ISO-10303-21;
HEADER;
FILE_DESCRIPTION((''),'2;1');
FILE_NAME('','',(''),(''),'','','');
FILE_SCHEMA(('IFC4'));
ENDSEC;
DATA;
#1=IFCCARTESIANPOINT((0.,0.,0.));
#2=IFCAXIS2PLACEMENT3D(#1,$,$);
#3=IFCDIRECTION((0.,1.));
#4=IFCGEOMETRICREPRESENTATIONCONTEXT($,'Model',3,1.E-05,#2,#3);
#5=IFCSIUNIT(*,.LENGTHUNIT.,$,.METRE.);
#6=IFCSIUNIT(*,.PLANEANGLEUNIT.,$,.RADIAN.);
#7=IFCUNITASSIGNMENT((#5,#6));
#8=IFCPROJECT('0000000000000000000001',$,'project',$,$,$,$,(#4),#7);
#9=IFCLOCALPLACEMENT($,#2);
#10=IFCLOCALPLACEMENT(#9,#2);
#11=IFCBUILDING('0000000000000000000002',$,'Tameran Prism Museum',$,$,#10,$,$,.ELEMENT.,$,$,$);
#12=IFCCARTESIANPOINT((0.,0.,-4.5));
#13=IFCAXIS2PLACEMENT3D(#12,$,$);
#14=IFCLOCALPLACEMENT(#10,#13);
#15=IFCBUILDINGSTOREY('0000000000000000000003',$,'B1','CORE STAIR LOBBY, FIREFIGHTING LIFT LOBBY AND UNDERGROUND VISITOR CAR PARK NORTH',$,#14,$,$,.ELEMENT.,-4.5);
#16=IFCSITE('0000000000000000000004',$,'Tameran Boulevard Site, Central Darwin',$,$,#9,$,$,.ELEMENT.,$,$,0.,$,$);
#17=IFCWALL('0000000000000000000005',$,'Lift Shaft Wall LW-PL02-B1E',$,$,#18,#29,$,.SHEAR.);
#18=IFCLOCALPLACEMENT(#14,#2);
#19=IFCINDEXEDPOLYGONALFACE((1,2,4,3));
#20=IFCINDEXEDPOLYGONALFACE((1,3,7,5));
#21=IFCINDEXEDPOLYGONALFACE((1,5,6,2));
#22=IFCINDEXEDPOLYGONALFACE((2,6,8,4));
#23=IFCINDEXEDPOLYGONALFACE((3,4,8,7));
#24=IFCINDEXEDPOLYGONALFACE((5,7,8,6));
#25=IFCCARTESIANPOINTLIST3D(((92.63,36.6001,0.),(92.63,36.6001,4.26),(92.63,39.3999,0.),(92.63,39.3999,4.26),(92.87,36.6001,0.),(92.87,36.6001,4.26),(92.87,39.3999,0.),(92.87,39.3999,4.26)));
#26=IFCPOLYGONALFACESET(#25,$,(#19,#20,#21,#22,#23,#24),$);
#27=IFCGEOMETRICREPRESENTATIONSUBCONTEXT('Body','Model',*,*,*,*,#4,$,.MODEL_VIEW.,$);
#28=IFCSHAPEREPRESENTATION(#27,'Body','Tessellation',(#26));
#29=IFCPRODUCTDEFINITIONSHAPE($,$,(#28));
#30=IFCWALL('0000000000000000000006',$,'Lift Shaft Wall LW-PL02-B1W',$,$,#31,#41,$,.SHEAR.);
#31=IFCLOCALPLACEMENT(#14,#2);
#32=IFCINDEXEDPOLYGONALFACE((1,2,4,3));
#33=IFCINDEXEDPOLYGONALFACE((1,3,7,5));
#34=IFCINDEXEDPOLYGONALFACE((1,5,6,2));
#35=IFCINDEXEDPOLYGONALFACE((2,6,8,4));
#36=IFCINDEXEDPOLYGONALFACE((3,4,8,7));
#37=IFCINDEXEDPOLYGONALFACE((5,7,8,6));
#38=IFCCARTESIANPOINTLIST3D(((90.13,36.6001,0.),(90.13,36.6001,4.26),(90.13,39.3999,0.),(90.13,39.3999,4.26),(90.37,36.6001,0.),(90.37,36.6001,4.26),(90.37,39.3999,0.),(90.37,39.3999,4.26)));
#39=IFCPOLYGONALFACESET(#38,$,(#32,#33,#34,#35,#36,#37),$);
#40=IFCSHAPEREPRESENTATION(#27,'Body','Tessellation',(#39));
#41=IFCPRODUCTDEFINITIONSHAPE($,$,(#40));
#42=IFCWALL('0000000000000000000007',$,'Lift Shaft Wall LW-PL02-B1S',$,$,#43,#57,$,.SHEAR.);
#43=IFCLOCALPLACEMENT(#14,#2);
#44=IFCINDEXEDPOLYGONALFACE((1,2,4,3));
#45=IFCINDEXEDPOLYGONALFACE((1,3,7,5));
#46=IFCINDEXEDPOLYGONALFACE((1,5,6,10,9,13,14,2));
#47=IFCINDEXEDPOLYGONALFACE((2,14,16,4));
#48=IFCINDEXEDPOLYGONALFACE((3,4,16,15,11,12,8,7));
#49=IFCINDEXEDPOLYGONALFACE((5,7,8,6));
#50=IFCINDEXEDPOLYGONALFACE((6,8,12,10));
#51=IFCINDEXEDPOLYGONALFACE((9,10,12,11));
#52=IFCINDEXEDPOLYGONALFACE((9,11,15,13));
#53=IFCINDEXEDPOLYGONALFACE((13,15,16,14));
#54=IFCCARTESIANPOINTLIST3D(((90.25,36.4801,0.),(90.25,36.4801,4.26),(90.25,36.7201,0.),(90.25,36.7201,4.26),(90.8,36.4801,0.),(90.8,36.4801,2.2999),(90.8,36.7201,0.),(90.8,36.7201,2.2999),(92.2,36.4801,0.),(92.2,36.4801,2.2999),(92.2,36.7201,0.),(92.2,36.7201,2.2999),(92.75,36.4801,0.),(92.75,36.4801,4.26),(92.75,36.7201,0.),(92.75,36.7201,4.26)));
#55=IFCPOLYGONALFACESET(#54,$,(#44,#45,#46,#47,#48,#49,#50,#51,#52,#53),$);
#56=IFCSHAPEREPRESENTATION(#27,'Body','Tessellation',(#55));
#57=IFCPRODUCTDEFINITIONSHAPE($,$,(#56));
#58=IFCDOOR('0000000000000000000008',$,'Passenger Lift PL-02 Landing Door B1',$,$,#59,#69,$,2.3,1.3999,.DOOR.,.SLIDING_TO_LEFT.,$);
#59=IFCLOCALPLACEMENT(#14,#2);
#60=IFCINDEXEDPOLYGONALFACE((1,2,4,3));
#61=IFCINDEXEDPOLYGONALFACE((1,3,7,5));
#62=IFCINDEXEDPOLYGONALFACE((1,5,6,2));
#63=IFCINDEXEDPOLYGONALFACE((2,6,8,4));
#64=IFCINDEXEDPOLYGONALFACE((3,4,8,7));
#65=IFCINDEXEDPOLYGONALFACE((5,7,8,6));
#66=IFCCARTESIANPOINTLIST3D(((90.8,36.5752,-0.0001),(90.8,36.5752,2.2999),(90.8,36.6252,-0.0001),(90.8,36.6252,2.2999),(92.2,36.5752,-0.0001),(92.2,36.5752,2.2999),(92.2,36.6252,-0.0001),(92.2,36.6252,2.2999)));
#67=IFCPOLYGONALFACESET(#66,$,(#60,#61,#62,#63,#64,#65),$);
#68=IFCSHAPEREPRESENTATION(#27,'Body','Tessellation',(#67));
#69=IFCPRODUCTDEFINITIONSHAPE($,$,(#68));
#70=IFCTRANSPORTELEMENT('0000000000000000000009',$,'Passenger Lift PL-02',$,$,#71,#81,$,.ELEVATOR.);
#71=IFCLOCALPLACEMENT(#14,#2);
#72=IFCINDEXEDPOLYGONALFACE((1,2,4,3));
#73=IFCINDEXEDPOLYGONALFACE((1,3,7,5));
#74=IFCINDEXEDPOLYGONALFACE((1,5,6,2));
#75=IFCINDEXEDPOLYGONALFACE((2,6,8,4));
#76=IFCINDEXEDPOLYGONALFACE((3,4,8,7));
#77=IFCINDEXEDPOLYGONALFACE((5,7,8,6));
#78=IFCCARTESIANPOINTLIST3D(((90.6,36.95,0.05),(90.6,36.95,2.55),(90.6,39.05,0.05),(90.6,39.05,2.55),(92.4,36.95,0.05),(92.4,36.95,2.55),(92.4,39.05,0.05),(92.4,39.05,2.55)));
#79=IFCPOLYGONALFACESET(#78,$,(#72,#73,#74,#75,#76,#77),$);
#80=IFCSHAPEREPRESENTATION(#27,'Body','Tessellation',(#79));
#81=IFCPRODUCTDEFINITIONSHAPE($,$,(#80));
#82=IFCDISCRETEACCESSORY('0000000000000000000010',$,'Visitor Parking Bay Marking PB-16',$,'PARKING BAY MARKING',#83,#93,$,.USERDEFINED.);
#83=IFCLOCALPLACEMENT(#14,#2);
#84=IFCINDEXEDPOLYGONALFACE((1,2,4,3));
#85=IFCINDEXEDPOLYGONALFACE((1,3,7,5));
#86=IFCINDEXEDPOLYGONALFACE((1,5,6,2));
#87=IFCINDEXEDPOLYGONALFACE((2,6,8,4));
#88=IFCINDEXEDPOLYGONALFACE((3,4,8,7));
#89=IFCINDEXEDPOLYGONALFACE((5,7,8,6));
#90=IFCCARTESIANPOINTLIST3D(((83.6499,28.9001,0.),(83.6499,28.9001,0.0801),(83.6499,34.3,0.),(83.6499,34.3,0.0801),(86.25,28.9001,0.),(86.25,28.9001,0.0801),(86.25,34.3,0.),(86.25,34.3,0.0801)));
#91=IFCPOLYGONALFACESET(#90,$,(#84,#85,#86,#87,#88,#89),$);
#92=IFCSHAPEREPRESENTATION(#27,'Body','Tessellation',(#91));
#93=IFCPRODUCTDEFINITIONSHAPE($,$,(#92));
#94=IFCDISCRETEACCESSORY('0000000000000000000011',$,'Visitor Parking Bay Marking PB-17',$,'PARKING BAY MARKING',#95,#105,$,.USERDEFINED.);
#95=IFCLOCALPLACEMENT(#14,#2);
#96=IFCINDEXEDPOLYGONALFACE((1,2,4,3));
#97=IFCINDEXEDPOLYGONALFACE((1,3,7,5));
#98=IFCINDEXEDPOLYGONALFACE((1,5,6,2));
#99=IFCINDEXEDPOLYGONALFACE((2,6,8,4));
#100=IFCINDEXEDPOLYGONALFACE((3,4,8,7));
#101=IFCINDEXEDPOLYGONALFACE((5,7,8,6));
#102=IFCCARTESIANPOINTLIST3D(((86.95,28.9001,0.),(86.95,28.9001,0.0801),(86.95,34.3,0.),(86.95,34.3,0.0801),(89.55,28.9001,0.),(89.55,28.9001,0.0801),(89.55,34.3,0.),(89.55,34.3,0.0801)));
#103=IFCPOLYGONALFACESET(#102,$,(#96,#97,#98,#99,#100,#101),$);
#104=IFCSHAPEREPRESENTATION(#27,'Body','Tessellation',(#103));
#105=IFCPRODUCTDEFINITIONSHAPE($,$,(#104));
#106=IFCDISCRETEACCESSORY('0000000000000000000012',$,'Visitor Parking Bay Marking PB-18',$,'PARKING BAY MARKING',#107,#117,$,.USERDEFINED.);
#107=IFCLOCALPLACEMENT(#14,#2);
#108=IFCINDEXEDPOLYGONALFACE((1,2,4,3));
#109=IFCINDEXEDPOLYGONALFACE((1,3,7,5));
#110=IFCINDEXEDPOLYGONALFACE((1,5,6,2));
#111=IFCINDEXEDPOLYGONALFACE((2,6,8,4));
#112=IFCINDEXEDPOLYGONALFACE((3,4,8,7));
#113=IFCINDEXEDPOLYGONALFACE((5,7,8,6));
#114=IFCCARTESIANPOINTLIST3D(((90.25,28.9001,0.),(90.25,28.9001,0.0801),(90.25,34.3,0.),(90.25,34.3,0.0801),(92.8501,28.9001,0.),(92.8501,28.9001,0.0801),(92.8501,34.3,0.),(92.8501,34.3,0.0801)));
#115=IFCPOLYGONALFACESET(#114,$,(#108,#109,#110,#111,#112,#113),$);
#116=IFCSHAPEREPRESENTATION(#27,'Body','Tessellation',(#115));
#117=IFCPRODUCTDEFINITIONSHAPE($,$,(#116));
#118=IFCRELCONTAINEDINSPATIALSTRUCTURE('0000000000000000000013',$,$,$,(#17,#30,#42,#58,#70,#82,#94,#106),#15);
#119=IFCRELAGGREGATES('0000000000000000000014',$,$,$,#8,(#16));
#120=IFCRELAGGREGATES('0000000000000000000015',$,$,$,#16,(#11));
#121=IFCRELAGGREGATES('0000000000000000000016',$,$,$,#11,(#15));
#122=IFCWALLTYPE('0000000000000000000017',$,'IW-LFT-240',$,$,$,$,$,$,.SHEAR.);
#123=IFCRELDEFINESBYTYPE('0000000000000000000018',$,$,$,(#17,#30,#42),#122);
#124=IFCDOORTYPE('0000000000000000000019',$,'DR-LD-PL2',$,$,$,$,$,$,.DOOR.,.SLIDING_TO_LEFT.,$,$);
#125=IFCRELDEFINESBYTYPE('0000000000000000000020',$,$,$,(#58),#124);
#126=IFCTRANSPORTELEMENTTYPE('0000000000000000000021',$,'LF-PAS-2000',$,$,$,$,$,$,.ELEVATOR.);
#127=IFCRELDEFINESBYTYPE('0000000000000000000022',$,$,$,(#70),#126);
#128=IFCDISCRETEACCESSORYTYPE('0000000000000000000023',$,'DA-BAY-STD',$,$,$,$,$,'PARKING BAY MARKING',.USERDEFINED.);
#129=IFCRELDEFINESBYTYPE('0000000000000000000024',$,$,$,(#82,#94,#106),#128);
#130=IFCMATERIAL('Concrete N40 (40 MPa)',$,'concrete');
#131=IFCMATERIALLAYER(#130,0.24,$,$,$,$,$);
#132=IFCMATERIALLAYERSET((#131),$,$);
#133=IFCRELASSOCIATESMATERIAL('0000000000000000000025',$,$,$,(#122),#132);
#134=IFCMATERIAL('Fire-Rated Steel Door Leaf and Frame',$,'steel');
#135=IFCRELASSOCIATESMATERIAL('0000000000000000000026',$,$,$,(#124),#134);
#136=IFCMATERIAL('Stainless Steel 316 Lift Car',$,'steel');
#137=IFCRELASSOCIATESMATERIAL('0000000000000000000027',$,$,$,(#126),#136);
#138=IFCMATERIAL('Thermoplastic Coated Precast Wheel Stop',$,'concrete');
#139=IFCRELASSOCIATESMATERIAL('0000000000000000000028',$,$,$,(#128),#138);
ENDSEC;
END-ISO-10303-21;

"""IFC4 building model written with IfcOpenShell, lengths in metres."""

from ifc_helpers import new_model, si_unit, direction, frame, frame_2d, origin, origin_2d, place, context, subcontext, project, spatial, rectangle, extrude, material, layer, layer_set, type_object, element, fill, save


model = new_model("IFC4")

# Units and contexts
model_context = context("Model", 3, precision=1e-05, world=origin(), true_north=direction((0.0, 1.0)))
body_context = subcontext(model_context, "Body", "Model", "MODEL_VIEW")
ifc_project = project(units=[si_unit("LENGTHUNIT", "METRE"), si_unit("PLANEANGLEUNIT", "RADIAN")], contexts=[model_context])

# Site, building, storey
site_placement = place(None, origin())
site = spatial("IfcSite", under=ifc_project, at=site_placement, Name="Tameran Boulevard Site, Central Darwin", CompositionType="ELEMENT", RefElevation=0.0)
building_placement = place(site_placement, origin())
building = spatial("IfcBuilding", under=site, at=building_placement, Name="Tameran Prism Museum", CompositionType="ELEMENT")
storey_placement = place(building_placement, frame((0.0, 0.0, -4.5)))
storey = spatial("IfcBuildingStorey", under=building, at=storey_placement, Name="B1", Description="CORE STAIR LOBBY, FIREFIGHTING LIFT LOBBY AND UNDERGROUND VISITOR CAR PARK NORTH", CompositionType="ELEMENT", Elevation=-4.5)

# Walls
ifc_material_1 = material(Name="Concrete N40 (40 MPa)", Category="concrete")
ifc_layer_1 = layer(ifc_material_1, 0.24)
ifc_layer_set_1 = layer_set([ifc_layer_1])
wall_type_1 = type_object("IfcWallType", Name="IW-LFT-240", PredefinedType="SHEAR", material=ifc_layer_set_1)
for number, where, z_axis, x_axis, name in (
    (1, (92.75, 39.3999, 0.0), (0.0, 0.0, 1.0), (0.0, -1.0, 0.0), "Lift Shaft Wall LW-PL02-B1E"),
    (2, (90.25, 36.6001, 0.0), (0.0, 0.0, 1.0), (0.0, 1.0, 0.0), "Lift Shaft Wall LW-PL02-B1W"),
):
    element("IfcWall", number, at=place(storey_placement, frame(where, z_axis=z_axis, x_axis=x_axis)), inside=storey, type_object=wall_type_1, Name=name, PredefinedType="SHEAR", context=body_context, shape_type="SweptSolid", body=[
        extrude(rectangle(XDim=2.7998, YDim=0.24, at=frame_2d((1.3999, 0.0))), origin(), (0.0, 0.0, 1.0), 4.26),
    ])

# Wall, opening, door
wall_1_placement = place(storey_placement, frame((92.75, 36.6001, 0.0), z_axis=(0.0, 0.0, 1.0), x_axis=(-1.0, 0.0, 0.0)))
wall_1 = element("IfcWall", 3, at=wall_1_placement, inside=storey, type_object=wall_type_1, Name="Lift Shaft Wall LW-PL02-B1S", PredefinedType="SHEAR", context=body_context, shape_type="SweptSolid", body=[
    extrude(rectangle(XDim=2.5, YDim=0.24, at=frame_2d((1.25, 0.0))), origin(), (0.0, 0.0, 1.0), 4.26),
])
opening_placement = place(wall_1_placement, frame((0.55, 0.0, 0.0)))
opening = element("IfcOpeningElement", 4, at=opening_placement, cuts=wall_1, PredefinedType="OPENING", context=body_context, shape_type="SweptSolid", body=[
    extrude(rectangle(XDim=1.3999, YDim=2.3, at=frame_2d((0.7, 1.1499))), frame((0.0, 0.1299, 0.0), z_axis=(0.0, -1.0, 0.0), x_axis=(1.0, 0.0, 0.0)), (0.0, 0.0, 1.0), 0.26),
])
ifc_material_2 = material(Name="Fire-Rated Steel Door Leaf and Frame", Category="steel")
door_type = type_object("IfcDoorType", Name="DR-LD-PL2", OperationType="SLIDING_TO_LEFT", PredefinedType="DOOR", material=ifc_material_2)
door_placement = place(opening_placement, origin())
door = element("IfcDoor", 5, at=door_placement, inside=storey, type_object=door_type, Name="Passenger Lift PL-02 Landing Door B1", OperationType="SLIDING_TO_LEFT", OverallHeight=2.3, OverallWidth=1.3999, PredefinedType="DOOR", context=body_context, shape_type="SweptSolid", body=[
    extrude(rectangle(XDim=1.3999, YDim=2.3, at=frame_2d((0.7, 1.1499))), frame((0.0, 0.0249, 0.0), z_axis=(0.0, -1.0, 0.0), x_axis=(1.0, 0.0, 0.0)), (0.0, 0.0, 1.0), 0.05),
])
fill(opening, door)

# Transport element
ifc_material_3 = material(Name="Stainless Steel 316 Lift Car", Category="steel")
transport_element_type = type_object("IfcTransportElementType", Name="LF-PAS-2000", PredefinedType="ELEVATOR", material=ifc_material_3)
transport_element_placement = place(storey_placement, frame((91.5, 38.0, 0.05), z_axis=(0.0, 0.0, 1.0), x_axis=(1.0, 0.0, 0.0)))
element("IfcTransportElement", 6, at=transport_element_placement, inside=storey, type_object=transport_element_type, Name="Passenger Lift PL-02", PredefinedType="ELEVATOR", context=body_context, shape_type="SweptSolid", body=[
    extrude(rectangle(XDim=1.8, YDim=2.1001, at=origin_2d()), origin(), (0.0, 0.0, 1.0), 2.5),
])

# Discrete accessories
ifc_material_4 = material(Name="Thermoplastic Coated Precast Wheel Stop", Category="concrete")
discrete_accessory_type = type_object("IfcDiscreteAccessoryType", Name="DA-BAY-STD", ElementType="PARKING BAY MARKING", PredefinedType="USERDEFINED", material=ifc_material_4)
for number, where, z_axis, x_axis, name in (
    (7, (84.95, 31.6001, 0.0), (0.0, 0.0, 1.0), (1.0, 0.0, 0.0), "Visitor Parking Bay Marking PB-16"),
    (8, (88.25, 31.6001, 0.0), (0.0, 0.0, 1.0), (1.0, 0.0, 0.0), "Visitor Parking Bay Marking PB-17"),
    (9, (91.55, 31.6001, 0.0), (0.0, 0.0, 1.0), (1.0, 0.0, 0.0), "Visitor Parking Bay Marking PB-18"),
):
    element("IfcDiscreteAccessory", number, at=place(storey_placement, frame(where, z_axis=z_axis, x_axis=x_axis)), inside=storey, type_object=discrete_accessory_type, Name=name, ObjectType="PARKING BAY MARKING", PredefinedType="USERDEFINED", context=body_context, shape_type="SweptSolid", body=[
        extrude(rectangle(XDim=2.6001, YDim=5.3999, at=origin_2d()), origin(), (0.0, 0.0, 1.0), 0.0801),
    ])

save(model, "model.ifc")
